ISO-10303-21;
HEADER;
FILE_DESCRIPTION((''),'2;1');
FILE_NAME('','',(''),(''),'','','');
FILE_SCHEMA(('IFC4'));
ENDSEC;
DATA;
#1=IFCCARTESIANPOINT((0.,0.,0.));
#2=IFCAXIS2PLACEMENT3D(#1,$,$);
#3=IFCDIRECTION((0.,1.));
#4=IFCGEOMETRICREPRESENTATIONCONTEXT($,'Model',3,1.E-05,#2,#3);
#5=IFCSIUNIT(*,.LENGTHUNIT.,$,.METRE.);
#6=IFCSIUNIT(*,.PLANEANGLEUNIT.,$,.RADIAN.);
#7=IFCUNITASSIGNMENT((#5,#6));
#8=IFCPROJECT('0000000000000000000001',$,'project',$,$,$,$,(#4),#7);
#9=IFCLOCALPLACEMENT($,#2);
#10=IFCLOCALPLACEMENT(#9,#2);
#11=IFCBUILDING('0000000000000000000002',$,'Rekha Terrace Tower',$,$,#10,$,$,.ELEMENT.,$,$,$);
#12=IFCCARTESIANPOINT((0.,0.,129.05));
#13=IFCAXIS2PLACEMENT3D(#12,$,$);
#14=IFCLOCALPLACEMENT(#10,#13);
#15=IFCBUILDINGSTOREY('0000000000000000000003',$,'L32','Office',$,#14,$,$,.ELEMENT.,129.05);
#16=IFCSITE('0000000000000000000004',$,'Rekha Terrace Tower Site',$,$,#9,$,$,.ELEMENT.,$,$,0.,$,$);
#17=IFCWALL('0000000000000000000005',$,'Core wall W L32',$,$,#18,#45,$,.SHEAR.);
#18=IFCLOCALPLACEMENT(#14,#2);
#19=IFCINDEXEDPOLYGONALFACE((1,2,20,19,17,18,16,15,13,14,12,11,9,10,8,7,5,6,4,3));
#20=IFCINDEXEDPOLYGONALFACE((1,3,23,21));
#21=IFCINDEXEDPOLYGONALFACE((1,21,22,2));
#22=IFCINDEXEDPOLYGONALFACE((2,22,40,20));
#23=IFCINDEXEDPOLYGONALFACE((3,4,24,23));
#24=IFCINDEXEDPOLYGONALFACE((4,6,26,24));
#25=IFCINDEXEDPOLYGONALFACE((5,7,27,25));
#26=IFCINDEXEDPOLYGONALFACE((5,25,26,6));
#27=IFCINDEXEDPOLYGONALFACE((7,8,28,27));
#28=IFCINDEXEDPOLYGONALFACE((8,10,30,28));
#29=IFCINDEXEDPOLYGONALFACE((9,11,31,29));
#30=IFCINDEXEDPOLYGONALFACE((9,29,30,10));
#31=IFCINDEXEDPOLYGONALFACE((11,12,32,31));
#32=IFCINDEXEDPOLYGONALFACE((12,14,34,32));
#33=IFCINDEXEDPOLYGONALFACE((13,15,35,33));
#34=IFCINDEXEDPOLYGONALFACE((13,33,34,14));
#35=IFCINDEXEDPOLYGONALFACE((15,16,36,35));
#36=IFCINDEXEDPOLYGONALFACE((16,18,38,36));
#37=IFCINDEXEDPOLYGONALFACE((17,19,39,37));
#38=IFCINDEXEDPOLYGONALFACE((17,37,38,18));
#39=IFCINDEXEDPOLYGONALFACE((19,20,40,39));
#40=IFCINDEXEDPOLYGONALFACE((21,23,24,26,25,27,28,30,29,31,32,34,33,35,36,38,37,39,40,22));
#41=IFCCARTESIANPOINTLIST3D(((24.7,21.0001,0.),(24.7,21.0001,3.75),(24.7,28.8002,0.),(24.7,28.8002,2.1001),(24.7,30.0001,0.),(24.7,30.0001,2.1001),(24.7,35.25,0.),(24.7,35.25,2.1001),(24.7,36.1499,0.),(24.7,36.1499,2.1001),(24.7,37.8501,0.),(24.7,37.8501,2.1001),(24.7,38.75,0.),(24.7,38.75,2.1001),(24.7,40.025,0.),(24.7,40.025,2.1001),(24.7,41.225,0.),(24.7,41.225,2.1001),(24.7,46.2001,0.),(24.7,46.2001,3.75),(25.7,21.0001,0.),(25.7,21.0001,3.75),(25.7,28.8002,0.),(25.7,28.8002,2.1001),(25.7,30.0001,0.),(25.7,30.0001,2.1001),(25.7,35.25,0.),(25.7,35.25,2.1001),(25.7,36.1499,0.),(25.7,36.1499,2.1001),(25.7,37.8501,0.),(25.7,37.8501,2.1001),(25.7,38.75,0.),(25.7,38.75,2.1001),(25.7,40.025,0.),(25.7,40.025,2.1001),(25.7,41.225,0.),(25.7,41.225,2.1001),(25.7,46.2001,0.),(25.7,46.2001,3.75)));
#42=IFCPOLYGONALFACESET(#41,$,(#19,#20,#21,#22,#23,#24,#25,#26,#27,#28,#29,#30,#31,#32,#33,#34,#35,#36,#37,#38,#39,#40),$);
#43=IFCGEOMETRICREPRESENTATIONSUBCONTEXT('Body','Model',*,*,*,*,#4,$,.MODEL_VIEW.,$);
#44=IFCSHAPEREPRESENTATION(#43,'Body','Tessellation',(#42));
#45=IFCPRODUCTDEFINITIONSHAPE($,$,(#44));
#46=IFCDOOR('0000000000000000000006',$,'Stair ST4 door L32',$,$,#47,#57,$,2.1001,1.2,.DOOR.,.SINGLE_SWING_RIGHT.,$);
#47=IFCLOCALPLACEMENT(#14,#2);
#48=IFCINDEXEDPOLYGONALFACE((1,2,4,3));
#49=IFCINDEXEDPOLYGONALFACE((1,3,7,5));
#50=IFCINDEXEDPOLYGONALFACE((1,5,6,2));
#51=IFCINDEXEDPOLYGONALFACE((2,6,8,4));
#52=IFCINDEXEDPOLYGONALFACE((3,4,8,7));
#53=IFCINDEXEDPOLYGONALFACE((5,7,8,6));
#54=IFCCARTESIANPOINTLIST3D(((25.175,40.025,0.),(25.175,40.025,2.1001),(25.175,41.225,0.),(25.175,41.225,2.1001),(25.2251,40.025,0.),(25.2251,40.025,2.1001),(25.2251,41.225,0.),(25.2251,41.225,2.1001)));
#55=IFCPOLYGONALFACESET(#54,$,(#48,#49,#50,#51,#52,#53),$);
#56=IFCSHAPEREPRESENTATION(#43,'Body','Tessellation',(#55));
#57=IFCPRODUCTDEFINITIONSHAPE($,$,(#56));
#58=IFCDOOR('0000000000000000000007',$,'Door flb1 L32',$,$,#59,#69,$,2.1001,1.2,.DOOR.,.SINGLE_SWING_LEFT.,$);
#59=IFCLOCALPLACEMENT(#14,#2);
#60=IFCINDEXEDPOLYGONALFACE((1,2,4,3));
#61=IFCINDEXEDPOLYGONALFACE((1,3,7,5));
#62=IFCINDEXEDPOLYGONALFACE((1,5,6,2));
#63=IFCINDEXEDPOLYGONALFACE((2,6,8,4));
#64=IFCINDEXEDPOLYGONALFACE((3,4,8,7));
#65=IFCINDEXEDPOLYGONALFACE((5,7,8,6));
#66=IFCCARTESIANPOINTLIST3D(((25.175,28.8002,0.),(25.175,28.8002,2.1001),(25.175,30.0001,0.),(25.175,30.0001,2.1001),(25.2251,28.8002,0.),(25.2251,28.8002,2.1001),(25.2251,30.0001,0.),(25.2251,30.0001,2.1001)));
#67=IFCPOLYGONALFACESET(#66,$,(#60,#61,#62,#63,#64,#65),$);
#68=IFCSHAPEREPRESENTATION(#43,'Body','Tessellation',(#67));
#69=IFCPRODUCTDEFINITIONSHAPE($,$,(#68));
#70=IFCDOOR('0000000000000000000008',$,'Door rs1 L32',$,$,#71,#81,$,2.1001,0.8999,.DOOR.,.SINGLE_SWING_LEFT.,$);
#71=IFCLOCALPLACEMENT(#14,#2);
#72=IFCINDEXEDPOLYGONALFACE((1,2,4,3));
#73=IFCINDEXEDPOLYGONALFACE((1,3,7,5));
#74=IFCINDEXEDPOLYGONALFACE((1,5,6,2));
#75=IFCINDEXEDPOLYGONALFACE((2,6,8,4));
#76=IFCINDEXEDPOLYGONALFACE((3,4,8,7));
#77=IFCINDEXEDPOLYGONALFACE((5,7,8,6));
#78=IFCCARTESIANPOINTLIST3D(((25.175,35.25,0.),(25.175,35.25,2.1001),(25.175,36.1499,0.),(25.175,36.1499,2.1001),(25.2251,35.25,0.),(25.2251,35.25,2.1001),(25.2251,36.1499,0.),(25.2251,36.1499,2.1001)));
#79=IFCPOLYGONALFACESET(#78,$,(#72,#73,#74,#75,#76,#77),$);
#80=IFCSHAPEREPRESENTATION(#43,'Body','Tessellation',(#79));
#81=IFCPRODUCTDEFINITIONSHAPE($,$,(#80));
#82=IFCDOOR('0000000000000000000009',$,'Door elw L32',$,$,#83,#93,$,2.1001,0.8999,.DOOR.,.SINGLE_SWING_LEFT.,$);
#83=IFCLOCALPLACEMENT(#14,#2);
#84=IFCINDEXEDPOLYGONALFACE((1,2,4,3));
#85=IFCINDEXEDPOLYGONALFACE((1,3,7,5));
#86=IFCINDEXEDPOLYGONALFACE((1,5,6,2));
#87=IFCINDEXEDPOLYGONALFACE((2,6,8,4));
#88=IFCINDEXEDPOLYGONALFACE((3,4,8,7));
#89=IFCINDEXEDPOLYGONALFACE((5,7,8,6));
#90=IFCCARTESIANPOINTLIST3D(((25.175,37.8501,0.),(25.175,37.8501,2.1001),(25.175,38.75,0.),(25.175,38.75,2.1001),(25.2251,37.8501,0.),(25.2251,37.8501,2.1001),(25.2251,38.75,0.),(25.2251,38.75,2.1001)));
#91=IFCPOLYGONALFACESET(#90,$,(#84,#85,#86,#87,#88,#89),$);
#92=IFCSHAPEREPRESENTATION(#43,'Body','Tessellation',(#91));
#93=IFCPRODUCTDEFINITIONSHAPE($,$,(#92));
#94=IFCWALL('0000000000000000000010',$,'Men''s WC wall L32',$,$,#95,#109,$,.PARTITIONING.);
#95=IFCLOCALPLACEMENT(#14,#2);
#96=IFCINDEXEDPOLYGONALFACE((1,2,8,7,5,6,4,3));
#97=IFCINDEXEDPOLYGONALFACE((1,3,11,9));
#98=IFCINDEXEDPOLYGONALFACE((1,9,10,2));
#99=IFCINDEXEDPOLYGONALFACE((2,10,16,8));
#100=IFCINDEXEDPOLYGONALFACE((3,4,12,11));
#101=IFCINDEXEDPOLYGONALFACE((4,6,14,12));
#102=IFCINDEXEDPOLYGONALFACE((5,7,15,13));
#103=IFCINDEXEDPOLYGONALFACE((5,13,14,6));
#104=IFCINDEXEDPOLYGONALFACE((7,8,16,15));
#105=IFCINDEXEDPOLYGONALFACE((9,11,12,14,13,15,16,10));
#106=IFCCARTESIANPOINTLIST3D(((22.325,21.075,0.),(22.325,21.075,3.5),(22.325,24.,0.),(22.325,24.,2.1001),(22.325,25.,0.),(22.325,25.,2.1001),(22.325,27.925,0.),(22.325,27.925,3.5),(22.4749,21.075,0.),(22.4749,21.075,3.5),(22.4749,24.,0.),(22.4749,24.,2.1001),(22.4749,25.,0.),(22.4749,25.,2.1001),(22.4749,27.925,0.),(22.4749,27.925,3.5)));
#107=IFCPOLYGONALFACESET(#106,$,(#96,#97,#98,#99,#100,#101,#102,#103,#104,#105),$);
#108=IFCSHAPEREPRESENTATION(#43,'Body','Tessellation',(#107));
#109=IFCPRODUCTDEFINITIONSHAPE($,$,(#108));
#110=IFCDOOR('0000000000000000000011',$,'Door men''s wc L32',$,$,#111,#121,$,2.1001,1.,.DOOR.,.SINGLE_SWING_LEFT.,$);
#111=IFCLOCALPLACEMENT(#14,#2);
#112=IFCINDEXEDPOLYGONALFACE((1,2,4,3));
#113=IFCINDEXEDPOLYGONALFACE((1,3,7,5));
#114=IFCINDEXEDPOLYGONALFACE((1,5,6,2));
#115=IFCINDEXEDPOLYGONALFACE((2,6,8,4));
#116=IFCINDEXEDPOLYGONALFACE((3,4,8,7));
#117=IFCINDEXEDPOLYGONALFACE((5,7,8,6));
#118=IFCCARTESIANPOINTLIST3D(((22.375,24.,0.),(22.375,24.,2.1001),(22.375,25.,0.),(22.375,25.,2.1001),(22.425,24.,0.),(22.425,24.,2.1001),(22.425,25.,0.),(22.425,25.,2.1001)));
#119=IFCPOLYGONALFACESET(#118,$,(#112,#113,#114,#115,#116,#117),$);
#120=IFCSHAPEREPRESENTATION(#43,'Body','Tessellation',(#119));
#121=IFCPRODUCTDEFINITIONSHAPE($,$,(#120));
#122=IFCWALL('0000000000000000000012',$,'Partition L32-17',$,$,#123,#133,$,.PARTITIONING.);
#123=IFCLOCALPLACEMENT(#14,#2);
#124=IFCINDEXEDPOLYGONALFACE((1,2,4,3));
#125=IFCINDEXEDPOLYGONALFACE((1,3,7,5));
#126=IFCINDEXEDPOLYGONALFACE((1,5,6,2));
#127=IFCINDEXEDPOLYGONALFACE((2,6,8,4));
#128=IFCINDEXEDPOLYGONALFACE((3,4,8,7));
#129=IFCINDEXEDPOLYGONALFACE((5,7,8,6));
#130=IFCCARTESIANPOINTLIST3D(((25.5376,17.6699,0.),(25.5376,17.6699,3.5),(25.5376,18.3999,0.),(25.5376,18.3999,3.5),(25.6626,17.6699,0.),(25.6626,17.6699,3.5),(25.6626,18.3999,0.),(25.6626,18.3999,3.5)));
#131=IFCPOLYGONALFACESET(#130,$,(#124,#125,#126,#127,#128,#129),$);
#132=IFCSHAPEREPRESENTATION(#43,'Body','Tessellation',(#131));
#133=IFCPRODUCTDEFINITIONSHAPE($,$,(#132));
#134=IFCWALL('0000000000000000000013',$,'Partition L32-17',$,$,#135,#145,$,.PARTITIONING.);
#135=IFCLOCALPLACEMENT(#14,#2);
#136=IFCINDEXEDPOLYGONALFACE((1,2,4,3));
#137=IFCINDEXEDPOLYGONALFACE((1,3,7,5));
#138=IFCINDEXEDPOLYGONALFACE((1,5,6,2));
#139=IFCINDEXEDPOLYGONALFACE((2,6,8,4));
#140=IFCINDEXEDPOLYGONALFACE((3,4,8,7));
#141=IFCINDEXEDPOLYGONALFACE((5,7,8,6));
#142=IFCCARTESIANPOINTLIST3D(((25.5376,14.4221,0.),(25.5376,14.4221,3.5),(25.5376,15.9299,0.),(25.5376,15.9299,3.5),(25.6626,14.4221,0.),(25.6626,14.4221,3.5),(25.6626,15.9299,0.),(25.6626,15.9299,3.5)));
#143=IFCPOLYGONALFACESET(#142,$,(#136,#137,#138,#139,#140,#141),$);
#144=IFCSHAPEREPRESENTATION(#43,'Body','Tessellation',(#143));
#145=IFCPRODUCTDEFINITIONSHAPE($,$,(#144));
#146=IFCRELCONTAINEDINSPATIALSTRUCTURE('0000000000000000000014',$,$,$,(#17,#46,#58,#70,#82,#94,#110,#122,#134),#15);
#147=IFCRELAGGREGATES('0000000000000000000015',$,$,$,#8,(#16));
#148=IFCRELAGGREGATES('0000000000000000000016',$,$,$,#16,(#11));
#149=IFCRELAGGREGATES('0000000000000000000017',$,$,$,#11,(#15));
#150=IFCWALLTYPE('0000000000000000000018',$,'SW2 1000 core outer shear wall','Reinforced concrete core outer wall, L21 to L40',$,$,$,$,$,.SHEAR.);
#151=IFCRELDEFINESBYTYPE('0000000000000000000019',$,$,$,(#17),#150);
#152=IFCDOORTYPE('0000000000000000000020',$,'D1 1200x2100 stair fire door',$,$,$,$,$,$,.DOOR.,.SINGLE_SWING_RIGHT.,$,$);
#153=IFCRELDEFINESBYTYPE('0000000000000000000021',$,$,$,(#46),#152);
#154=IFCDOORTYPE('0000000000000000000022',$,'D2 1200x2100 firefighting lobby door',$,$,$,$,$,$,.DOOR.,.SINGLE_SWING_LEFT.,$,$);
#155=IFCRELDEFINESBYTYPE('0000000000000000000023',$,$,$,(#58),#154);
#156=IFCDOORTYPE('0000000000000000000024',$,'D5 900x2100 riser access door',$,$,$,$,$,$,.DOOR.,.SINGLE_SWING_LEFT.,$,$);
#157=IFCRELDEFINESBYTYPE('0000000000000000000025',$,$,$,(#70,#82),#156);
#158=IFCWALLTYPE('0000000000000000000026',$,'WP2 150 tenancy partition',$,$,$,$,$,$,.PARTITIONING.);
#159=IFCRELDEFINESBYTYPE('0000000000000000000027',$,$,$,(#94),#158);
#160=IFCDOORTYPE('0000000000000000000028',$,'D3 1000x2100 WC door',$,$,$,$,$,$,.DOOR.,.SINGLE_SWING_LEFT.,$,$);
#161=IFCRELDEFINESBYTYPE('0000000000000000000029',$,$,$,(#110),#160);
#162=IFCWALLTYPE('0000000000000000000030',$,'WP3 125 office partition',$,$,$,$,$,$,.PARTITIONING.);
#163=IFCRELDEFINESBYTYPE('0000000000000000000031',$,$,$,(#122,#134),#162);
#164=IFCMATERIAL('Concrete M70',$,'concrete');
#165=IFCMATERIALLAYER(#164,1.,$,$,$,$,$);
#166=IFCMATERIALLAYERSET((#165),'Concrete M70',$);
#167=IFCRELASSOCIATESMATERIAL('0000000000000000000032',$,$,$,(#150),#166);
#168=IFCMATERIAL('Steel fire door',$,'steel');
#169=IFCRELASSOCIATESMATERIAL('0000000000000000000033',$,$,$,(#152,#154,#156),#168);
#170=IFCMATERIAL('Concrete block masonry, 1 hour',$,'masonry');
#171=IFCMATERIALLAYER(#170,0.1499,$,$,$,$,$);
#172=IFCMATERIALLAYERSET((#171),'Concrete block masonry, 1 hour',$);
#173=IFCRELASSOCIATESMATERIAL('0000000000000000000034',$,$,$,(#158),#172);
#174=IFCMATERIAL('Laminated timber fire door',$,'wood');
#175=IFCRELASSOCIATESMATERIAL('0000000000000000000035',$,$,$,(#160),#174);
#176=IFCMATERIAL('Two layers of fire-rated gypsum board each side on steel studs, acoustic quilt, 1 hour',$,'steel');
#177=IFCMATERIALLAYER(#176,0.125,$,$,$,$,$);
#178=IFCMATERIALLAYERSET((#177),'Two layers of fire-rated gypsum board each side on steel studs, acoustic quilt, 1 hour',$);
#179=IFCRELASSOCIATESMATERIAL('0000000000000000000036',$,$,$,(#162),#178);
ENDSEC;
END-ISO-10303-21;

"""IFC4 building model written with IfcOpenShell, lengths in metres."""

from ifc_helpers import new_model, si_unit, direction, frame, frame_2d, origin, place, context, subcontext, project, spatial, rectangle, extrude, material, layer, layer_set, type_object, element, fill, save


model = new_model("IFC4")

# Units and contexts
model_context = context("Model", 3, precision=1e-05, world=origin(), true_north=direction((0.0, 1.0)))
body_context = subcontext(model_context, "Body", "Model", "MODEL_VIEW")
ifc_project = project(units=[si_unit("LENGTHUNIT", "METRE"), si_unit("PLANEANGLEUNIT", "RADIAN")], contexts=[model_context])

# Site, building, storey
site_placement = place(None, origin())
site = spatial("IfcSite", under=ifc_project, at=site_placement, Name="Rekha Terrace Tower Site", CompositionType="ELEMENT", RefElevation=0.0)
building_placement = place(site_placement, origin())
building = spatial("IfcBuilding", under=site, at=building_placement, Name="Rekha Terrace Tower", CompositionType="ELEMENT")
storey_placement = place(building_placement, frame((0.0, 0.0, 129.05)))
storey = spatial("IfcBuildingStorey", under=building, at=storey_placement, Name="L32", Description="Office", CompositionType="ELEMENT", Elevation=129.05)

# Shared definitions
ifc_material_1 = material(Name="Concrete M70", Category="concrete")

# Shared definitions
ifc_layer_1 = layer(ifc_material_1, 1.0)
ifc_layer_set_1 = layer_set([ifc_layer_1], Name="Concrete M70")
wall_type_1 = type_object("IfcWallType", Name="SW2 1000 core outer shear wall", Description="Reinforced concrete core outer wall, L21 to L40", PredefinedType="SHEAR", material=ifc_layer_set_1)

# Wall, openings, doors
wall_1_placement = place(storey_placement, frame((25.2, 21.0, 0.0), z_axis=(0.0, 0.0, 1.0), x_axis=(0.0, 1.0, 0.0)))
wall_1 = element("IfcWall", 1, at=wall_1_placement, inside=storey, type_object=wall_type_1, Name="Core wall W L32", PredefinedType="SHEAR", context=body_context, shape_type="SweptSolid", body=[
    extrude(rectangle(XDim=25.2, YDim=1.0, at=frame_2d((12.6001, 0.0))), origin(), (0.0, 0.0, 1.0), 3.75),
])
opening_1_placement = place(wall_1_placement, frame((7.8, 0.0, 0.0)))
opening_1 = element("IfcOpeningElement", 2, at=opening_1_placement, cuts=wall_1, PredefinedType="OPENING", context=body_context, shape_type="SweptSolid", body=[
    extrude(rectangle(XDim=1.2, YDim=2.1001, at=frame_2d((0.6001, 1.05))), frame((0.0, 0.51, 0.0), z_axis=(0.0, -1.0, 0.0), x_axis=(1.0, 0.0, 0.0)), (0.0, 0.0, 1.0), 1.02),
])
opening_2_placement = place(wall_1_placement, frame((14.25, 0.0, 0.0)))
opening_2 = element("IfcOpeningElement", 3, at=opening_2_placement, cuts=wall_1, PredefinedType="OPENING", context=body_context, shape_type="SweptSolid", body=[
    extrude(rectangle(XDim=0.8999, YDim=2.1001, at=frame_2d((0.45, 1.05))), frame((0.0, 0.51, 0.0), z_axis=(0.0, -1.0, 0.0), x_axis=(1.0, 0.0, 0.0)), (0.0, 0.0, 1.0), 1.02),
])
opening_3_placement = place(wall_1_placement, frame((16.8501, 0.0, 0.0)))
opening_3 = element("IfcOpeningElement", 4, at=opening_3_placement, cuts=wall_1, PredefinedType="OPENING", context=body_context, shape_type="SweptSolid", body=[
    extrude(rectangle(XDim=0.8999, YDim=2.1001, at=frame_2d((0.45, 1.05))), frame((0.0, 0.51, 0.0), z_axis=(0.0, -1.0, 0.0), x_axis=(1.0, 0.0, 0.0)), (0.0, 0.0, 1.0), 1.02),
])
opening_4_placement = place(wall_1_placement, frame((19.0249, 0.0, 0.0)))
opening_4 = element("IfcOpeningElement", 5, at=opening_4_placement, cuts=wall_1, PredefinedType="OPENING", context=body_context, shape_type="SweptSolid", body=[
    extrude(rectangle(XDim=1.2, YDim=2.1001, at=frame_2d((0.6001, 1.05))), frame((0.0, 0.51, 0.0), z_axis=(0.0, -1.0, 0.0), x_axis=(1.0, 0.0, 0.0)), (0.0, 0.0, 1.0), 1.02),
])
ifc_material_2 = material(Name="Steel fire door", Category="steel")
door_type_1 = type_object("IfcDoorType", Name="D1 1200x2100 stair fire door", OperationType="SINGLE_SWING_RIGHT", PredefinedType="DOOR", material=ifc_material_2)
door_1_placement = place(opening_4_placement, origin())
door_1 = element("IfcDoor", 6, at=door_1_placement, inside=storey, type_object=door_type_1, Name="Stair ST4 door L32", OperationType="SINGLE_SWING_RIGHT", OverallHeight=2.1001, OverallWidth=1.2, PredefinedType="DOOR", context=body_context, shape_type="SweptSolid", body=[
    extrude(rectangle(XDim=1.2, YDim=2.1001, at=frame_2d((0.6001, 1.05))), frame((0.0, 0.0249, 0.0), z_axis=(0.0, -1.0, 0.0), x_axis=(1.0, 0.0, 0.0)), (0.0, 0.0, 1.0), 0.05),
])
fill(opening_4, door_1)
door_type_2 = type_object("IfcDoorType", Name="D2 1200x2100 firefighting lobby door", OperationType="SINGLE_SWING_LEFT", PredefinedType="DOOR", material=ifc_material_2)
door_2_placement = place(opening_1_placement, origin())
door_2 = element("IfcDoor", 7, at=door_2_placement, inside=storey, type_object=door_type_2, Name="Door flb1 L32", OperationType="SINGLE_SWING_LEFT", OverallHeight=2.1001, OverallWidth=1.2, PredefinedType="DOOR", context=body_context, shape_type="SweptSolid", body=[
    extrude(rectangle(XDim=1.2, YDim=2.1001, at=frame_2d((0.6001, 1.05))), frame((0.0, 0.0249, 0.0), z_axis=(0.0, -1.0, 0.0), x_axis=(1.0, 0.0, 0.0)), (0.0, 0.0, 1.0), 0.05),
])
fill(opening_1, door_2)
door_type_3 = type_object("IfcDoorType", Name="D5 900x2100 riser access door", OperationType="SINGLE_SWING_LEFT", PredefinedType="DOOR", material=ifc_material_2)
door_3_placement = place(opening_2_placement, origin())
door_3 = element("IfcDoor", 8, at=door_3_placement, inside=storey, type_object=door_type_3, Name="Door rs1 L32", OperationType="SINGLE_SWING_LEFT", OverallHeight=2.1001, OverallWidth=0.8999, PredefinedType="DOOR", context=body_context, shape_type="SweptSolid", body=[
    extrude(rectangle(XDim=0.8999, YDim=2.1001, at=frame_2d((0.45, 1.05))), frame((0.0, 0.0249, 0.0), z_axis=(0.0, -1.0, 0.0), x_axis=(1.0, 0.0, 0.0)), (0.0, 0.0, 1.0), 0.05),
])
fill(opening_2, door_3)
door_4_placement = place(opening_3_placement, origin())
door_4 = element("IfcDoor", 9, at=door_4_placement, inside=storey, type_object=door_type_3, Name="Door elw L32", OperationType="SINGLE_SWING_LEFT", OverallHeight=2.1001, OverallWidth=0.8999, PredefinedType="DOOR", context=body_context, shape_type="SweptSolid", body=[
    extrude(rectangle(XDim=0.8999, YDim=2.1001, at=frame_2d((0.45, 1.05))), frame((0.0, 0.0249, 0.0), z_axis=(0.0, -1.0, 0.0), x_axis=(1.0, 0.0, 0.0)), (0.0, 0.0, 1.0), 0.05),
])
fill(opening_3, door_4)

# Wall, opening, door
ifc_material_3 = material(Name="Concrete block masonry, 1 hour", Category="masonry")
ifc_layer_2 = layer(ifc_material_3, 0.1499)
ifc_layer_set_2 = layer_set([ifc_layer_2], Name="Concrete block masonry, 1 hour")
wall_type_2 = type_object("IfcWallType", Name="WP2 150 tenancy partition", PredefinedType="PARTITIONING", material=ifc_layer_set_2)
wall_2_placement = place(storey_placement, frame((22.3999, 21.075, 0.0), z_axis=(0.0, 0.0, 1.0), x_axis=(0.0, 1.0, 0.0)))
wall_2 = element("IfcWall", 10, at=wall_2_placement, inside=storey, type_object=wall_type_2, Name="Men's WC wall L32", PredefinedType="PARTITIONING", context=body_context, shape_type="SweptSolid", body=[
    extrude(rectangle(XDim=6.8501, YDim=0.1499, at=frame_2d((3.425, 0.0))), origin(), (0.0, 0.0, 1.0), 3.5),
])
opening_5_placement = place(wall_2_placement, frame((2.925, 0.0, 0.0)))
opening_5 = element("IfcOpeningElement", 11, at=opening_5_placement, cuts=wall_2, PredefinedType="OPENING", context=body_context, shape_type="SweptSolid", body=[
    extrude(rectangle(XDim=1.0, YDim=2.1001, at=frame_2d((0.5, 1.05))), frame((0.0, 0.085, 0.0), z_axis=(0.0, -1.0, 0.0), x_axis=(1.0, 0.0, 0.0)), (0.0, 0.0, 1.0), 0.1699),
])
ifc_material_4 = material(Name="Laminated timber fire door", Category="wood")
door_type_4 = type_object("IfcDoorType", Name="D3 1000x2100 WC door", OperationType="SINGLE_SWING_LEFT", PredefinedType="DOOR", material=ifc_material_4)
door_5_placement = place(opening_5_placement, origin())
door_5 = element("IfcDoor", 12, at=door_5_placement, inside=storey, type_object=door_type_4, Name="Door men's wc L32", OperationType="SINGLE_SWING_LEFT", OverallHeight=2.1001, OverallWidth=1.0, PredefinedType="DOOR", context=body_context, shape_type="SweptSolid", body=[
    extrude(rectangle(XDim=1.0, YDim=2.1001, at=frame_2d((0.5, 1.05))), frame((0.0, 0.0249, 0.0), z_axis=(0.0, -1.0, 0.0), x_axis=(1.0, 0.0, 0.0)), (0.0, 0.0, 1.0), 0.05),
])
fill(opening_5, door_5)

# Walls
ifc_material_5 = material(Name="Two layers of fire-rated gypsum board each side on steel studs, acoustic quilt, 1 hour", Category="steel")
ifc_layer_3 = layer(ifc_material_5, 0.125)
ifc_layer_set_3 = layer_set([ifc_layer_3], Name="Two layers of fire-rated gypsum board each side on steel studs, acoustic quilt, 1 hour")
wall_type_3 = type_object("IfcWallType", Name="WP3 125 office partition", PredefinedType="PARTITIONING", material=ifc_layer_set_3)
wall_3_placement = place(storey_placement, frame((25.6001, 18.3999, 0.0), z_axis=(0.0, 0.0, 1.0), x_axis=(0.0, -1.0, 0.0)))
element("IfcWall", 13, at=wall_3_placement, inside=storey, type_object=wall_type_3, Name="Partition L32-17", PredefinedType="PARTITIONING", context=body_context, shape_type="SweptSolid", body=[
    extrude(rectangle(XDim=0.73, YDim=0.125, at=frame_2d((0.365, 0.0))), origin(), (0.0, 0.0, 1.0), 3.5),
])
wall_4_placement = place(storey_placement, frame((25.6001, 15.9299, 0.0), z_axis=(0.0, 0.0, 1.0), x_axis=(0.0, -1.0, 0.0)))
element("IfcWall", 14, at=wall_4_placement, inside=storey, type_object=wall_type_3, Name="Partition L32-17", PredefinedType="PARTITIONING", context=body_context, shape_type="SweptSolid", body=[
    extrude(rectangle(XDim=1.5078, YDim=0.125, at=frame_2d((0.7539, 0.0))), origin(), (0.0, 0.0, 1.0), 3.5),
])

save(model, "model.ifc")
